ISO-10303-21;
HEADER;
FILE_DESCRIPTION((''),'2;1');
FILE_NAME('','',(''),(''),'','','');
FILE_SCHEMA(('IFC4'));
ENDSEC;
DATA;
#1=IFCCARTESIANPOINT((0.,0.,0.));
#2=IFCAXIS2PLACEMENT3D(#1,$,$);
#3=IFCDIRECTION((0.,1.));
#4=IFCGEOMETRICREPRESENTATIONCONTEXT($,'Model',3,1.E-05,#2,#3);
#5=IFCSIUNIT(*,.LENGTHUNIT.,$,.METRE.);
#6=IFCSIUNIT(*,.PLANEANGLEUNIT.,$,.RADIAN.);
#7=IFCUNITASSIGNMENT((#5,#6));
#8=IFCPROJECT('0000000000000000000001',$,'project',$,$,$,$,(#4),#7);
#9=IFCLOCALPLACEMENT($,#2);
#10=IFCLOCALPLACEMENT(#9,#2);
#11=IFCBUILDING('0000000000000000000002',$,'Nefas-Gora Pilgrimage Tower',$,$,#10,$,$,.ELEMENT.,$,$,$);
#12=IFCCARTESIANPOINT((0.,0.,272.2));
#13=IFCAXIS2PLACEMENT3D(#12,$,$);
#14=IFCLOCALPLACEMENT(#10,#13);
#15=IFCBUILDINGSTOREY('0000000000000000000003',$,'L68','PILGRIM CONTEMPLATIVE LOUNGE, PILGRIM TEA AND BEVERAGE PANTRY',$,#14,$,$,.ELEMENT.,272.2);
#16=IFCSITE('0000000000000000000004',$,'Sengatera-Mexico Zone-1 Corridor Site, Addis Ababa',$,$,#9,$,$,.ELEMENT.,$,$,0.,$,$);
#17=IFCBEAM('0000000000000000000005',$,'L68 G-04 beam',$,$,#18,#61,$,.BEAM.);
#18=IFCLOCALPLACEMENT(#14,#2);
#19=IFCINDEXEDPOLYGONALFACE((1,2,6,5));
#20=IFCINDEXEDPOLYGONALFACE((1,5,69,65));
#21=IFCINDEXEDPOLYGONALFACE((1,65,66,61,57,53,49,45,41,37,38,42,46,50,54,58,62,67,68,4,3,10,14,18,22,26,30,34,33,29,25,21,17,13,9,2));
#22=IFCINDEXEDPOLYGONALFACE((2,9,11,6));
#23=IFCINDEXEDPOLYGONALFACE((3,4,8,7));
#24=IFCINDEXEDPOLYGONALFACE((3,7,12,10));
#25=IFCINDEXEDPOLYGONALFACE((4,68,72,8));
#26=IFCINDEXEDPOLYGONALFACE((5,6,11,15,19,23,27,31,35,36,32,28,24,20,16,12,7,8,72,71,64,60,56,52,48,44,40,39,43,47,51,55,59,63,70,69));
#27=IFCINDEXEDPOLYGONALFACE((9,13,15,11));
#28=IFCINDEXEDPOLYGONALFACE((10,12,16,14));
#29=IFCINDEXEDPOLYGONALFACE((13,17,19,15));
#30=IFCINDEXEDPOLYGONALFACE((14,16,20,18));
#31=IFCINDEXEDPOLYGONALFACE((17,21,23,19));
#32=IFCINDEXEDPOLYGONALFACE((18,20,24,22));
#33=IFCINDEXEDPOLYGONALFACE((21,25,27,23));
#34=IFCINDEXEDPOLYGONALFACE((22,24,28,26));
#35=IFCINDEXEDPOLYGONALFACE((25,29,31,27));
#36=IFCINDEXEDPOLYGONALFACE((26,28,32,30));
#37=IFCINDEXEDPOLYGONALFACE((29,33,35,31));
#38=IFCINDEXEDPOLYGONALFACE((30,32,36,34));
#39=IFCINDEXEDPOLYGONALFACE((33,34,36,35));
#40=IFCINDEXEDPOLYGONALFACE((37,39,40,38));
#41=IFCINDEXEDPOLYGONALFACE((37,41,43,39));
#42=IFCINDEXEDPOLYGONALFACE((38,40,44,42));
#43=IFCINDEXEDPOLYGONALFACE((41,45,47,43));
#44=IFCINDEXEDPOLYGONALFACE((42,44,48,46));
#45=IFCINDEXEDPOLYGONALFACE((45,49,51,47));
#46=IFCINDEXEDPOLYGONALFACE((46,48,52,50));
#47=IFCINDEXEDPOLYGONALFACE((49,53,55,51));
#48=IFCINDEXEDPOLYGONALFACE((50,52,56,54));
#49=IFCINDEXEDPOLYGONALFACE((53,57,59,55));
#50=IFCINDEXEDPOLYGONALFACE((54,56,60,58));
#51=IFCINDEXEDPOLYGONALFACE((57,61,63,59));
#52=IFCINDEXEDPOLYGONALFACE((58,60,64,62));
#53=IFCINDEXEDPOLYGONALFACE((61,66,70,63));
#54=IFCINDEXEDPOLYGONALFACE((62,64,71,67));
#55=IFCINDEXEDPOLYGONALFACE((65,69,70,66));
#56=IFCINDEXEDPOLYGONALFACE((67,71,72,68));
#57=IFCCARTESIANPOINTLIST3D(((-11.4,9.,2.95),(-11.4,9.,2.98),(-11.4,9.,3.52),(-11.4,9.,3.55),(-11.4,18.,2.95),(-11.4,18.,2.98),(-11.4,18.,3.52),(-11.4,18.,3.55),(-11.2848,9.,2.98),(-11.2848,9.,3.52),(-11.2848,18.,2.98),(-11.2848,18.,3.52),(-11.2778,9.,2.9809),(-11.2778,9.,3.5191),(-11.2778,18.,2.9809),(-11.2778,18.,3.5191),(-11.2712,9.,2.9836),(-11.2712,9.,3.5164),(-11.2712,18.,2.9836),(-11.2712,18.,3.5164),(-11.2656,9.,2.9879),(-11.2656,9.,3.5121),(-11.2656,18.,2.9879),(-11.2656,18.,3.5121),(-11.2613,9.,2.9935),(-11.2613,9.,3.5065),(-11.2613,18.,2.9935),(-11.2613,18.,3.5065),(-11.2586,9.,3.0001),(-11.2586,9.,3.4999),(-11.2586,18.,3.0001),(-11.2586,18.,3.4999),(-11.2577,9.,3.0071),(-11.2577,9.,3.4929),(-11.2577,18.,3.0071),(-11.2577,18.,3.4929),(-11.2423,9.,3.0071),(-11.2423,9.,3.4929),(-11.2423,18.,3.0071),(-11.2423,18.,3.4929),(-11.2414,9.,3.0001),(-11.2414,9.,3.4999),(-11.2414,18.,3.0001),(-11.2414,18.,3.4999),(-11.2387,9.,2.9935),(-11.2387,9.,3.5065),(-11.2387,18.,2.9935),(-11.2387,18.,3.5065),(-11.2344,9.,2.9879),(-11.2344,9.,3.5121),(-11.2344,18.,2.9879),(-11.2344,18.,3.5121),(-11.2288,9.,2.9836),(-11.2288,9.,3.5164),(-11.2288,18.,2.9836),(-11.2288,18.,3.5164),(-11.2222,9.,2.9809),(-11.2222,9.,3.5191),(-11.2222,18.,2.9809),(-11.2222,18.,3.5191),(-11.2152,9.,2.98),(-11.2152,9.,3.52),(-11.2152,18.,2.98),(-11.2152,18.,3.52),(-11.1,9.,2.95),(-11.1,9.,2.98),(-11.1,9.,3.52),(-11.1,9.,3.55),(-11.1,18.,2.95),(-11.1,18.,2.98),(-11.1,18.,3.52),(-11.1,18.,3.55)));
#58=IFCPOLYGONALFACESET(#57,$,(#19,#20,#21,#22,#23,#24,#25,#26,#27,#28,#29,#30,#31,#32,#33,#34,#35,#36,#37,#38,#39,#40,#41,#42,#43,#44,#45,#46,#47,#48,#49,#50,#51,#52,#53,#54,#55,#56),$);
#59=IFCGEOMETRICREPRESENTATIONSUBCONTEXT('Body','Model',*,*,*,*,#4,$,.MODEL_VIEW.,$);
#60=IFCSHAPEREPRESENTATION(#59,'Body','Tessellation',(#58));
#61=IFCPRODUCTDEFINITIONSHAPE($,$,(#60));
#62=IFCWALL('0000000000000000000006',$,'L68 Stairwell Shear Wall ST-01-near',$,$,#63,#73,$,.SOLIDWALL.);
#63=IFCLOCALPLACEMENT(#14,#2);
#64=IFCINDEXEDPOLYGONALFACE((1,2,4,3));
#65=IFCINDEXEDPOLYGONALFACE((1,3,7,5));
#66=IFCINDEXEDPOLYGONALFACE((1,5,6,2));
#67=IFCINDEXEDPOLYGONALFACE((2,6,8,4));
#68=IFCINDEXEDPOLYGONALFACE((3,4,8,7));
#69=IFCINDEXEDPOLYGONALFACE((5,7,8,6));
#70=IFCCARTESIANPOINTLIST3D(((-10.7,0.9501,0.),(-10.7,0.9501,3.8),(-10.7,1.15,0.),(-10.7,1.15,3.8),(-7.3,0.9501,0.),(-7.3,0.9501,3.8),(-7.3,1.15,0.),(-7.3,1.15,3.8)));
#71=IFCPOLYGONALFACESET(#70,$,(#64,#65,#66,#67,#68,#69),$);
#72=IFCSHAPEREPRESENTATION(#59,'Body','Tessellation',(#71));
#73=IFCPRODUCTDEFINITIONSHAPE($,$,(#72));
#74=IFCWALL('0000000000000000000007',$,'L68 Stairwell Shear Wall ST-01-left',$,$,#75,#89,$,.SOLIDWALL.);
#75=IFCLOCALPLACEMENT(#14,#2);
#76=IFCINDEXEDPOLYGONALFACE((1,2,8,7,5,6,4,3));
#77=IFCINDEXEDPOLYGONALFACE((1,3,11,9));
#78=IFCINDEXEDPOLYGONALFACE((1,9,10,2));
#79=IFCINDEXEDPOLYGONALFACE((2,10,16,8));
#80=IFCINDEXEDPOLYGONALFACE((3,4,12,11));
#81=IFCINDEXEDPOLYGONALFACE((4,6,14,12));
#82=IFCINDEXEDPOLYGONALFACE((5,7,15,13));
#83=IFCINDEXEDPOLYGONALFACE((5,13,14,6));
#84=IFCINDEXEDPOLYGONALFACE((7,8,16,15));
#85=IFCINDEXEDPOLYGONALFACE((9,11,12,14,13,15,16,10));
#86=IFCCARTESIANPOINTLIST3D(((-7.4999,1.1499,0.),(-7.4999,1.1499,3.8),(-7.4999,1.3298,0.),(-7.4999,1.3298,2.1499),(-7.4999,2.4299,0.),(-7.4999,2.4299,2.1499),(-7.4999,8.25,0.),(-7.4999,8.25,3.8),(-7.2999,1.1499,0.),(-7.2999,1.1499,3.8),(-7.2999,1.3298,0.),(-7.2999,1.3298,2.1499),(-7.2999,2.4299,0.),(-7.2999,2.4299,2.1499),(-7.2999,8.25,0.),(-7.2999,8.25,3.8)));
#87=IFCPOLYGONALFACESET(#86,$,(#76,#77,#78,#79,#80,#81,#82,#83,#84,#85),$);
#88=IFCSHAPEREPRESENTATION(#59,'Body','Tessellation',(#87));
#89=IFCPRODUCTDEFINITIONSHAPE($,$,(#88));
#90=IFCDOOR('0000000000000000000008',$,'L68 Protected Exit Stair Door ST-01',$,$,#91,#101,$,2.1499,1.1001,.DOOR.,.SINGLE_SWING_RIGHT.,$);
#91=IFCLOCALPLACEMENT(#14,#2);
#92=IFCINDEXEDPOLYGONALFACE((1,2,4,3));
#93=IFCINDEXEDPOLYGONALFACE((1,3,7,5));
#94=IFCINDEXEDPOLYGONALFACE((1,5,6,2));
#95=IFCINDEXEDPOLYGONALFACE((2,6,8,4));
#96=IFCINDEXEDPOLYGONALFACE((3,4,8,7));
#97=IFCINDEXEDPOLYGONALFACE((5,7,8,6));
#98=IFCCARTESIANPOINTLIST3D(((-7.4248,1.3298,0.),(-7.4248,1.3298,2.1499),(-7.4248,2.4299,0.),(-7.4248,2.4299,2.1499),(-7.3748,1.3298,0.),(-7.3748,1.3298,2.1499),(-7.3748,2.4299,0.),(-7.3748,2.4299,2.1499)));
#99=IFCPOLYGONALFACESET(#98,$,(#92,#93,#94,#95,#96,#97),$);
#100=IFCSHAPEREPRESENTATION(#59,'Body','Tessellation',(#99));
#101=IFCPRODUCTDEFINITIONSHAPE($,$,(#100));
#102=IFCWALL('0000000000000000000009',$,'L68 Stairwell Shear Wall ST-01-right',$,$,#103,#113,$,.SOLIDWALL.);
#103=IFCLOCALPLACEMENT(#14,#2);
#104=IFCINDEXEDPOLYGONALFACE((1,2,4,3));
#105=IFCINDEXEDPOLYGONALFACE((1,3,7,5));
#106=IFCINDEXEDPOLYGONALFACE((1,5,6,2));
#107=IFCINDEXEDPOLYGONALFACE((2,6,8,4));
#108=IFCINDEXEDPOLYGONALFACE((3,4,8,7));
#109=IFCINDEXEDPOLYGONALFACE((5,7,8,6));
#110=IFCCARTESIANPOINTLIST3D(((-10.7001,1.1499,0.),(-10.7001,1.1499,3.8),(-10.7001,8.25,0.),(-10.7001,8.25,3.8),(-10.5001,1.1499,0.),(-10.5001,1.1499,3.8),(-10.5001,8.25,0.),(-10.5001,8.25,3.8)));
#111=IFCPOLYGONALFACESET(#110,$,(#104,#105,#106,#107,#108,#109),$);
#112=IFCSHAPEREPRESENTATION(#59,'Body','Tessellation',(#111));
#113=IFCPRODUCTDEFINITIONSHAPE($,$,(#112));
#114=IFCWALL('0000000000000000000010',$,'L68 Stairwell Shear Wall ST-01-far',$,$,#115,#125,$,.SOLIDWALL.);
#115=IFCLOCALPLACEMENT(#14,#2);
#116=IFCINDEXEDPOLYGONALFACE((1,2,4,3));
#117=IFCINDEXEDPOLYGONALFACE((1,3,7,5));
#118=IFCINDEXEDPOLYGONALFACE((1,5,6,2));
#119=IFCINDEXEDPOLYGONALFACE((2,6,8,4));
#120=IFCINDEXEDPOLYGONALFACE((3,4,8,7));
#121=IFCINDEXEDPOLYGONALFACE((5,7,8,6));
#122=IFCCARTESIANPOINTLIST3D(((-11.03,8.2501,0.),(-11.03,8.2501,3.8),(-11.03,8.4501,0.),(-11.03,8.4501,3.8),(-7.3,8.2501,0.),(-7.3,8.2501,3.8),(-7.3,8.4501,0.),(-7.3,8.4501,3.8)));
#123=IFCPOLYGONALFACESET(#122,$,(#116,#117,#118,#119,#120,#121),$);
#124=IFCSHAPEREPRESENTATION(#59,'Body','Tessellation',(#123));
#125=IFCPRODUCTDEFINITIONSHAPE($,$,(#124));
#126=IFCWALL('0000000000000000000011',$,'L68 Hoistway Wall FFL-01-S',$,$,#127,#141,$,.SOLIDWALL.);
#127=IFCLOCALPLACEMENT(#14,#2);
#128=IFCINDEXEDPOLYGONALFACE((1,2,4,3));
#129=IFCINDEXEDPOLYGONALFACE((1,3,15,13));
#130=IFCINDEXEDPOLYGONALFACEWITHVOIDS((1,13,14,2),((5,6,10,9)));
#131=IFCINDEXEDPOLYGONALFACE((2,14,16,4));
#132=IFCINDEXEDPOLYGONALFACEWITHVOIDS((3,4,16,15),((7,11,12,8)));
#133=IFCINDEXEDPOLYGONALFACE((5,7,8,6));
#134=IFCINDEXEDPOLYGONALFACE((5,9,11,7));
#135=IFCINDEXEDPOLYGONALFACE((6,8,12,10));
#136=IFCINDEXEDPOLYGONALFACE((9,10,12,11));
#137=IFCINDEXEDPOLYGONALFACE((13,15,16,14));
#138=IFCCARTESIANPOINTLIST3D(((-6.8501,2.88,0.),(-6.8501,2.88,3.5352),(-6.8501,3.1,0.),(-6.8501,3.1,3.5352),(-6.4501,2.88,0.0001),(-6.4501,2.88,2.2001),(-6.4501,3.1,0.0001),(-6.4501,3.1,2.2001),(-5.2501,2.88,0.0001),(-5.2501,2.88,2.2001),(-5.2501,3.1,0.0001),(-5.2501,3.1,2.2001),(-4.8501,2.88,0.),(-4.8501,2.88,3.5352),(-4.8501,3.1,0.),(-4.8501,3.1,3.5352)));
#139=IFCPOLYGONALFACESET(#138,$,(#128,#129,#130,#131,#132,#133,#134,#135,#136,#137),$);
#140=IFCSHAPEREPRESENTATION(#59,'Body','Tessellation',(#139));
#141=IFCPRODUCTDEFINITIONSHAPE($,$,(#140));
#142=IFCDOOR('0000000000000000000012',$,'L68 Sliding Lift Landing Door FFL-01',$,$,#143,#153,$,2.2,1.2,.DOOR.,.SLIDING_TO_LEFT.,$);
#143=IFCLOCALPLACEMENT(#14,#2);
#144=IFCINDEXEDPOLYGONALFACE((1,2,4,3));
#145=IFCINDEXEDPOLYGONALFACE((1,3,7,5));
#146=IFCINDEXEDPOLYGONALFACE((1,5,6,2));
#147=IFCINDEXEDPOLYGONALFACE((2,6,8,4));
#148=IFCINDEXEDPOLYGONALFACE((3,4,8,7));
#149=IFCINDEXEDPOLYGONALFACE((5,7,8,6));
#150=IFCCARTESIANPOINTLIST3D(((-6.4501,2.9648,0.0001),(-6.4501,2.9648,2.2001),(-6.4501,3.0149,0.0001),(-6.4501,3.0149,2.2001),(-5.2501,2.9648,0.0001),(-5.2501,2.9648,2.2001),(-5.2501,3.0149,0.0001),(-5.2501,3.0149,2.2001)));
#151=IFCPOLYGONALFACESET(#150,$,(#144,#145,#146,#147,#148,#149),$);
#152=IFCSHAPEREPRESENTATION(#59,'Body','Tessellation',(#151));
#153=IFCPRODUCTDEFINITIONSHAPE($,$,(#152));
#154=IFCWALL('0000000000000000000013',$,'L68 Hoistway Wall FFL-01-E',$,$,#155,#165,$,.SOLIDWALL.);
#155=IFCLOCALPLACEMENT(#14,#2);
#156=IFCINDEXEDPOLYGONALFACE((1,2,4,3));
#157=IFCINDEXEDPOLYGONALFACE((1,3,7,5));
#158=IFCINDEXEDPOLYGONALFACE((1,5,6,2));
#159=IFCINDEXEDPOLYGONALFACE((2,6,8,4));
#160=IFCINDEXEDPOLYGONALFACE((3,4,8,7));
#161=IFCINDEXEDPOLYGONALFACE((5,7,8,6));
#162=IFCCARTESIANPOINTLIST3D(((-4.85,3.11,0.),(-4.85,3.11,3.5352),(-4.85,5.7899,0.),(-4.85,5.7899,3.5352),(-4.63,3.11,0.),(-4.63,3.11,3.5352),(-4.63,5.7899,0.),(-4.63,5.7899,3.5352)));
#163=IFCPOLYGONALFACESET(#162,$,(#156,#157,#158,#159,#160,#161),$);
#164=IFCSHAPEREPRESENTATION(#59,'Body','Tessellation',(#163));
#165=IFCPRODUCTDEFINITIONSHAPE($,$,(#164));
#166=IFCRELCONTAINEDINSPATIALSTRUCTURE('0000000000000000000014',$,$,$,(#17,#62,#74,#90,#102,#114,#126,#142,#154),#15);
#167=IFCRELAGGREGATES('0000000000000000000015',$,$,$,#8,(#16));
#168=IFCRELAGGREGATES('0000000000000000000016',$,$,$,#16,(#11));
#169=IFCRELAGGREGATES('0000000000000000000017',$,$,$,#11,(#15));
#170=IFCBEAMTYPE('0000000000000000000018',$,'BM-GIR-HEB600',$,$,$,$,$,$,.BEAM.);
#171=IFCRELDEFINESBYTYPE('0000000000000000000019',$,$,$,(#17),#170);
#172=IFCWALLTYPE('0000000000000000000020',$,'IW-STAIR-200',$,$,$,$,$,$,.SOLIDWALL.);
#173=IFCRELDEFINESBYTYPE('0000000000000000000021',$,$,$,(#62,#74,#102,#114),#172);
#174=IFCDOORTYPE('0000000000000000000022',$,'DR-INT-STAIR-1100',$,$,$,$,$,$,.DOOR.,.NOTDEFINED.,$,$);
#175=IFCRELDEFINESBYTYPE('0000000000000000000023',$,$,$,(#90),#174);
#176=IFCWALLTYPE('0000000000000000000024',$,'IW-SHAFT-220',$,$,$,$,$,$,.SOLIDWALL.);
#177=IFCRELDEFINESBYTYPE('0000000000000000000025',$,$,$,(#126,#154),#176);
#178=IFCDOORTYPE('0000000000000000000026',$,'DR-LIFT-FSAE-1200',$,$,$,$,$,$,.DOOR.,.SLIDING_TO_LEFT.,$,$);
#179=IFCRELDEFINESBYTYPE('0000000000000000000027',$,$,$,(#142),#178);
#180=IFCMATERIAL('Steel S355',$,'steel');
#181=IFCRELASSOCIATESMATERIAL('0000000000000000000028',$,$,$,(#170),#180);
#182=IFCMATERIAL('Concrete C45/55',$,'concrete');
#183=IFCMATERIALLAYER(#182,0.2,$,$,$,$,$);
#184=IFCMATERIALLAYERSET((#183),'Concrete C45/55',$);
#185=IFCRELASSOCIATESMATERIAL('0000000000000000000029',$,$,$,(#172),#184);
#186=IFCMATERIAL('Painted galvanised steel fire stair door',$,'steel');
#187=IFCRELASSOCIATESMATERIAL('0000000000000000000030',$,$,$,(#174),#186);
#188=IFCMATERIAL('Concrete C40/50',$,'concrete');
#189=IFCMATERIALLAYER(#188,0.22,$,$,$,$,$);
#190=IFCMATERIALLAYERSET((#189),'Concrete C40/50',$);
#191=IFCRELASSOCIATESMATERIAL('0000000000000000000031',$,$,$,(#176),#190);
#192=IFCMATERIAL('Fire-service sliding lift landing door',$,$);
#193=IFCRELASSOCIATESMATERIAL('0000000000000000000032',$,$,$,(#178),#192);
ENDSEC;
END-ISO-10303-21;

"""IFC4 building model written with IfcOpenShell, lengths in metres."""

from ifc_helpers import new_model, si_unit, direction, frame, frame_2d, origin, origin_2d, place, context, subcontext, project, spatial, rectangle, i_section, extrude, source, transform, mapped, material, layer, layer_set, material_profile, profile_set, type_object, element, fill, save


model = new_model("IFC4")

# Units and contexts
model_context = context("Model", 3, precision=1e-05, world=origin(), true_north=direction((0.0, 1.0)))
body_context = subcontext(model_context, "Body", "Model", "MODEL_VIEW")
ifc_project = project(units=[si_unit("LENGTHUNIT", "METRE"), si_unit("PLANEANGLEUNIT", "RADIAN")], contexts=[model_context])

# Site, building, storey
site_placement = place(None, origin())
site = spatial("IfcSite", under=ifc_project, at=site_placement, Name="Sengatera-Mexico Zone-1 Corridor Site, Addis Ababa", CompositionType="ELEMENT", RefElevation=0.0)
building_placement = place(site_placement, origin())
building = spatial("IfcBuilding", under=site, at=building_placement, Name="Nefas-Gora Pilgrimage Tower", CompositionType="ELEMENT")
storey_placement = place(building_placement, frame((0.0, 0.0, 272.2)))
storey = spatial("IfcBuildingStorey", under=building, at=storey_placement, Name="L68", Description="PILGRIM CONTEMPLATIVE LOUNGE, PILGRIM TEA AND BEVERAGE PANTRY", CompositionType="ELEMENT", Elevation=272.2)

# Beam
ifc_material_1 = material(Name="Steel S355", Category="steel")
ifc_material_profile = material_profile(ifc_material_1, i_section(OverallWidth=0.3, OverallDepth=0.6001, WebThickness=0.0154, FlangeThickness=0.03, FilletRadius=0.0271, at=origin_2d()), Name="HEB 600")
ifc_profile_set = profile_set([ifc_material_profile], Name="Steel S355")
beam_type = type_object("IfcBeamType", Name="BM-GIR-HEB600", PredefinedType="BEAM", material=ifc_profile_set)
shared_shape_1 = source(origin(), body_context, "Body", "SweptSolid", [
    extrude(i_section(OverallWidth=0.3, OverallDepth=0.6001, WebThickness=0.0154, FlangeThickness=0.03, FilletRadius=0.0271, at=origin_2d()), origin(), (0.0, 0.0, 1.0), 9.0),
])
beam_placement = place(storey_placement, frame((-11.25, 9.0, 3.25), z_axis=(0.0, 1.0, 0.0), x_axis=(-1.0, 0.0, 0.0)))
element("IfcBeam", 1, at=beam_placement, inside=storey, type_object=beam_type, Name="L68 G-04 beam", PredefinedType="BEAM", context=body_context, shape_type="MappedRepresentation", body=[
    mapped(shared_shape_1, transform((0.0, 0.0, 0.0), x_axis=(1.0, 0.0, 0.0), y_axis=(0.0, 1.0, 0.0), z_axis=(0.0, 0.0, 1.0), scale=1.0)),
])

# Wall
ifc_material_2 = material(Name="Concrete C45/55", Category="concrete")
ifc_layer_1 = layer(ifc_material_2, 0.2)
ifc_layer_set_1 = layer_set([ifc_layer_1], Name="Concrete C45/55")
wall_type_1 = type_object("IfcWallType", Name="IW-STAIR-200", PredefinedType="SOLIDWALL", material=ifc_layer_set_1)
shared_shape_2 = source(origin(), body_context, "Body", "SweptSolid", [
    extrude(rectangle(XDim=3.3999, YDim=0.2, at=frame_2d((1.7, 0.0))), origin(), (0.0, 0.0, 1.0), 3.8),
])
wall_1_placement = place(storey_placement, frame((-7.3, 1.05, 0.0), z_axis=(0.0, 0.0, 1.0), x_axis=(-1.0, 0.0, 0.0)))
element("IfcWall", 2, at=wall_1_placement, inside=storey, type_object=wall_type_1, Name="L68 Stairwell Shear Wall ST-01-near", PredefinedType="SOLIDWALL", context=body_context, shape_type="MappedRepresentation", body=[
    mapped(shared_shape_2, transform((0.0, 0.0, 0.0), x_axis=(1.0, 0.0, 0.0), y_axis=(0.0, 1.0, 0.0), z_axis=(0.0, 0.0, 1.0), scale=1.0)),
])

# Wall, opening, door
shared_shape_3 = source(origin(), body_context, "Body", "SweptSolid", [
    extrude(rectangle(XDim=7.1001, YDim=0.2, at=frame_2d((3.55, 0.0))), origin(), (0.0, 0.0, 1.0), 3.8),
])
wall_2_placement = place(storey_placement, frame((-7.3999, 1.1499, 0.0), z_axis=(0.0, 0.0, 1.0), x_axis=(0.0, 1.0, 0.0)))
wall_2 = element("IfcWall", 3, at=wall_2_placement, inside=storey, type_object=wall_type_1, Name="L68 Stairwell Shear Wall ST-01-left", PredefinedType="SOLIDWALL", context=body_context, shape_type="MappedRepresentation", body=[
    mapped(shared_shape_3, transform((0.0, 0.0, 0.0), x_axis=(1.0, 0.0, 0.0), y_axis=(0.0, 1.0, 0.0), z_axis=(0.0, 0.0, 1.0), scale=1.0)),
])
opening_1_placement = place(wall_2_placement, frame((0.1799, 0.0, 0.0)))
opening_1 = element("IfcOpeningElement", 4, at=opening_1_placement, cuts=wall_2, PredefinedType="OPENING", context=body_context, shape_type="SweptSolid", body=[
    extrude(rectangle(XDim=1.1001, YDim=2.1499, at=frame_2d((0.55, 1.075))), frame((0.0, 0.1099, 0.0), z_axis=(0.0, -1.0, 0.0), x_axis=(1.0, 0.0, 0.0)), (0.0, 0.0, 1.0), 0.22),
])
ifc_material_3 = material(Name="Painted galvanised steel fire stair door", Category="steel")
door_type_1 = type_object("IfcDoorType", Name="DR-INT-STAIR-1100", OperationType="NOTDEFINED", PredefinedType="DOOR", material=ifc_material_3)
shared_shape_4 = source(origin(), body_context, "Body", "SweptSolid", [
    extrude(rectangle(XDim=1.1001, YDim=2.1499, at=frame_2d((0.55, 1.075))), frame((0.0, 0.0249, 0.0), z_axis=(0.0, -1.0, 0.0), x_axis=(1.0, 0.0, 0.0)), (0.0, 0.0, 1.0), 0.05),
])
door_1_placement = place(opening_1_placement, origin())
door_1 = element("IfcDoor", 5, at=door_1_placement, inside=storey, type_object=door_type_1, Name="L68 Protected Exit Stair Door ST-01", OperationType="SINGLE_SWING_RIGHT", OverallHeight=2.1499, OverallWidth=1.1001, PredefinedType="DOOR", context=body_context, shape_type="MappedRepresentation", body=[
    mapped(shared_shape_4, transform((0.0, 0.0, 0.0), x_axis=(1.0, 0.0, 0.0), y_axis=(0.0, 1.0, 0.0), z_axis=(0.0, 0.0, 1.0), scale=1.0)),
])
fill(opening_1, door_1)

# Walls
wall_3_placement = place(storey_placement, frame((-10.6001, 1.1499, 0.0), z_axis=(0.0, 0.0, 1.0), x_axis=(0.0, 1.0, 0.0)))
element("IfcWall", 6, at=wall_3_placement, inside=storey, type_object=wall_type_1, Name="L68 Stairwell Shear Wall ST-01-right", PredefinedType="SOLIDWALL", context=body_context, shape_type="MappedRepresentation", body=[
    mapped(shared_shape_3, transform((0.0, 0.0, 0.0), x_axis=(1.0, 0.0, 0.0), y_axis=(0.0, 1.0, 0.0), z_axis=(0.0, 0.0, 1.0), scale=1.0)),
])
shared_shape_5 = source(origin(), body_context, "Body", "SweptSolid", [
    extrude(rectangle(XDim=3.73, YDim=0.2, at=frame_2d((1.865, 0.0))), origin(), (0.0, 0.0, 1.0), 3.8),
])
wall_4_placement = place(storey_placement, frame((-7.3, 8.3501, 0.0), z_axis=(0.0, 0.0, 1.0), x_axis=(-1.0, 0.0, 0.0)))
element("IfcWall", 7, at=wall_4_placement, inside=storey, type_object=wall_type_1, Name="L68 Stairwell Shear Wall ST-01-far", PredefinedType="SOLIDWALL", context=body_context, shape_type="MappedRepresentation", body=[
    mapped(shared_shape_5, transform((0.0, 0.0, 0.0), x_axis=(1.0, 0.0, 0.0), y_axis=(0.0, 1.0, 0.0), z_axis=(0.0, 0.0, 1.0), scale=1.0)),
])

# Wall, opening, door
ifc_material_4 = material(Name="Concrete C40/50", Category="concrete")
ifc_layer_2 = layer(ifc_material_4, 0.22)
ifc_layer_set_2 = layer_set([ifc_layer_2], Name="Concrete C40/50")
wall_type_2 = type_object("IfcWallType", Name="IW-SHAFT-220", PredefinedType="SOLIDWALL", material=ifc_layer_set_2)
shared_shape_6 = source(origin(), body_context, "Body", "SweptSolid", [
    extrude(rectangle(XDim=2.0, YDim=0.22, at=frame_2d((1.0, 0.0))), origin(), (0.0, 0.0, 1.0), 3.5352),
])
wall_5_placement = place(storey_placement, frame((-6.8501, 2.99, 0.0), z_axis=(0.0, 0.0, 1.0), x_axis=(1.0, 0.0, 0.0)))
wall_5 = element("IfcWall", 8, at=wall_5_placement, inside=storey, type_object=wall_type_2, Name="L68 Hoistway Wall FFL-01-S", PredefinedType="SOLIDWALL", context=body_context, shape_type="MappedRepresentation", body=[
    mapped(shared_shape_6, transform((0.0, 0.0, 0.0), x_axis=(1.0, 0.0, 0.0), y_axis=(0.0, 1.0, 0.0), z_axis=(0.0, 0.0, 1.0), scale=1.0)),
])
opening_2_placement = place(wall_5_placement, frame((0.3999, 0.0, 0.0)))
opening_2 = element("IfcOpeningElement", 9, at=opening_2_placement, cuts=wall_5, PredefinedType="OPENING", context=body_context, shape_type="SweptSolid", body=[
    extrude(rectangle(XDim=1.2, YDim=2.2, at=frame_2d((0.6001, 1.1001))), frame((0.0, 0.1199, 0.0), z_axis=(0.0, -1.0, 0.0), x_axis=(1.0, 0.0, 0.0)), (0.0, 0.0, 1.0), 0.24),
])
ifc_material_5 = material(Name="Fire-service sliding lift landing door")
door_type_2 = type_object("IfcDoorType", Name="DR-LIFT-FSAE-1200", OperationType="SLIDING_TO_LEFT", PredefinedType="DOOR", material=ifc_material_5)
shared_shape_7 = source(origin(), body_context, "Body", "SweptSolid", [
    extrude(rectangle(XDim=1.2, YDim=2.2, at=frame_2d((0.6001, 1.1001))), frame((0.0, 0.0249, 0.0), z_axis=(0.0, -1.0, 0.0), x_axis=(1.0, 0.0, 0.0)), (0.0, 0.0, 1.0), 0.05),
])
door_2_placement = place(opening_2_placement, origin())
door_2 = element("IfcDoor", 10, at=door_2_placement, inside=storey, type_object=door_type_2, Name="L68 Sliding Lift Landing Door FFL-01", OperationType="SLIDING_TO_LEFT", OverallHeight=2.2, OverallWidth=1.2, PredefinedType="DOOR", context=body_context, shape_type="MappedRepresentation", body=[
    mapped(shared_shape_7, transform((0.0, 0.0, 0.0), x_axis=(1.0, 0.0, 0.0), y_axis=(0.0, 1.0, 0.0), z_axis=(0.0, 0.0, 1.0), scale=1.0)),
])
fill(opening_2, door_2)

# Wall
shared_shape_8 = source(origin(), body_context, "Body", "SweptSolid", [
    extrude(rectangle(XDim=2.6799, YDim=0.22, at=frame_2d((1.3398, 0.0))), origin(), (0.0, 0.0, 1.0), 3.5352),
])
wall_6_placement = place(storey_placement, frame((-4.74, 3.1101, 0.0), z_axis=(0.0, 0.0, 1.0), x_axis=(0.0, 1.0, 0.0)))
element("IfcWall", 11, at=wall_6_placement, inside=storey, type_object=wall_type_2, Name="L68 Hoistway Wall FFL-01-E", PredefinedType="SOLIDWALL", context=body_context, shape_type="MappedRepresentation", body=[
    mapped(shared_shape_8, transform((0.0, 0.0, 0.0), x_axis=(1.0, 0.0, 0.0), y_axis=(0.0, 1.0, 0.0), z_axis=(0.0, 0.0, 1.0), scale=1.0)),
])

save(model, "model.ifc")
